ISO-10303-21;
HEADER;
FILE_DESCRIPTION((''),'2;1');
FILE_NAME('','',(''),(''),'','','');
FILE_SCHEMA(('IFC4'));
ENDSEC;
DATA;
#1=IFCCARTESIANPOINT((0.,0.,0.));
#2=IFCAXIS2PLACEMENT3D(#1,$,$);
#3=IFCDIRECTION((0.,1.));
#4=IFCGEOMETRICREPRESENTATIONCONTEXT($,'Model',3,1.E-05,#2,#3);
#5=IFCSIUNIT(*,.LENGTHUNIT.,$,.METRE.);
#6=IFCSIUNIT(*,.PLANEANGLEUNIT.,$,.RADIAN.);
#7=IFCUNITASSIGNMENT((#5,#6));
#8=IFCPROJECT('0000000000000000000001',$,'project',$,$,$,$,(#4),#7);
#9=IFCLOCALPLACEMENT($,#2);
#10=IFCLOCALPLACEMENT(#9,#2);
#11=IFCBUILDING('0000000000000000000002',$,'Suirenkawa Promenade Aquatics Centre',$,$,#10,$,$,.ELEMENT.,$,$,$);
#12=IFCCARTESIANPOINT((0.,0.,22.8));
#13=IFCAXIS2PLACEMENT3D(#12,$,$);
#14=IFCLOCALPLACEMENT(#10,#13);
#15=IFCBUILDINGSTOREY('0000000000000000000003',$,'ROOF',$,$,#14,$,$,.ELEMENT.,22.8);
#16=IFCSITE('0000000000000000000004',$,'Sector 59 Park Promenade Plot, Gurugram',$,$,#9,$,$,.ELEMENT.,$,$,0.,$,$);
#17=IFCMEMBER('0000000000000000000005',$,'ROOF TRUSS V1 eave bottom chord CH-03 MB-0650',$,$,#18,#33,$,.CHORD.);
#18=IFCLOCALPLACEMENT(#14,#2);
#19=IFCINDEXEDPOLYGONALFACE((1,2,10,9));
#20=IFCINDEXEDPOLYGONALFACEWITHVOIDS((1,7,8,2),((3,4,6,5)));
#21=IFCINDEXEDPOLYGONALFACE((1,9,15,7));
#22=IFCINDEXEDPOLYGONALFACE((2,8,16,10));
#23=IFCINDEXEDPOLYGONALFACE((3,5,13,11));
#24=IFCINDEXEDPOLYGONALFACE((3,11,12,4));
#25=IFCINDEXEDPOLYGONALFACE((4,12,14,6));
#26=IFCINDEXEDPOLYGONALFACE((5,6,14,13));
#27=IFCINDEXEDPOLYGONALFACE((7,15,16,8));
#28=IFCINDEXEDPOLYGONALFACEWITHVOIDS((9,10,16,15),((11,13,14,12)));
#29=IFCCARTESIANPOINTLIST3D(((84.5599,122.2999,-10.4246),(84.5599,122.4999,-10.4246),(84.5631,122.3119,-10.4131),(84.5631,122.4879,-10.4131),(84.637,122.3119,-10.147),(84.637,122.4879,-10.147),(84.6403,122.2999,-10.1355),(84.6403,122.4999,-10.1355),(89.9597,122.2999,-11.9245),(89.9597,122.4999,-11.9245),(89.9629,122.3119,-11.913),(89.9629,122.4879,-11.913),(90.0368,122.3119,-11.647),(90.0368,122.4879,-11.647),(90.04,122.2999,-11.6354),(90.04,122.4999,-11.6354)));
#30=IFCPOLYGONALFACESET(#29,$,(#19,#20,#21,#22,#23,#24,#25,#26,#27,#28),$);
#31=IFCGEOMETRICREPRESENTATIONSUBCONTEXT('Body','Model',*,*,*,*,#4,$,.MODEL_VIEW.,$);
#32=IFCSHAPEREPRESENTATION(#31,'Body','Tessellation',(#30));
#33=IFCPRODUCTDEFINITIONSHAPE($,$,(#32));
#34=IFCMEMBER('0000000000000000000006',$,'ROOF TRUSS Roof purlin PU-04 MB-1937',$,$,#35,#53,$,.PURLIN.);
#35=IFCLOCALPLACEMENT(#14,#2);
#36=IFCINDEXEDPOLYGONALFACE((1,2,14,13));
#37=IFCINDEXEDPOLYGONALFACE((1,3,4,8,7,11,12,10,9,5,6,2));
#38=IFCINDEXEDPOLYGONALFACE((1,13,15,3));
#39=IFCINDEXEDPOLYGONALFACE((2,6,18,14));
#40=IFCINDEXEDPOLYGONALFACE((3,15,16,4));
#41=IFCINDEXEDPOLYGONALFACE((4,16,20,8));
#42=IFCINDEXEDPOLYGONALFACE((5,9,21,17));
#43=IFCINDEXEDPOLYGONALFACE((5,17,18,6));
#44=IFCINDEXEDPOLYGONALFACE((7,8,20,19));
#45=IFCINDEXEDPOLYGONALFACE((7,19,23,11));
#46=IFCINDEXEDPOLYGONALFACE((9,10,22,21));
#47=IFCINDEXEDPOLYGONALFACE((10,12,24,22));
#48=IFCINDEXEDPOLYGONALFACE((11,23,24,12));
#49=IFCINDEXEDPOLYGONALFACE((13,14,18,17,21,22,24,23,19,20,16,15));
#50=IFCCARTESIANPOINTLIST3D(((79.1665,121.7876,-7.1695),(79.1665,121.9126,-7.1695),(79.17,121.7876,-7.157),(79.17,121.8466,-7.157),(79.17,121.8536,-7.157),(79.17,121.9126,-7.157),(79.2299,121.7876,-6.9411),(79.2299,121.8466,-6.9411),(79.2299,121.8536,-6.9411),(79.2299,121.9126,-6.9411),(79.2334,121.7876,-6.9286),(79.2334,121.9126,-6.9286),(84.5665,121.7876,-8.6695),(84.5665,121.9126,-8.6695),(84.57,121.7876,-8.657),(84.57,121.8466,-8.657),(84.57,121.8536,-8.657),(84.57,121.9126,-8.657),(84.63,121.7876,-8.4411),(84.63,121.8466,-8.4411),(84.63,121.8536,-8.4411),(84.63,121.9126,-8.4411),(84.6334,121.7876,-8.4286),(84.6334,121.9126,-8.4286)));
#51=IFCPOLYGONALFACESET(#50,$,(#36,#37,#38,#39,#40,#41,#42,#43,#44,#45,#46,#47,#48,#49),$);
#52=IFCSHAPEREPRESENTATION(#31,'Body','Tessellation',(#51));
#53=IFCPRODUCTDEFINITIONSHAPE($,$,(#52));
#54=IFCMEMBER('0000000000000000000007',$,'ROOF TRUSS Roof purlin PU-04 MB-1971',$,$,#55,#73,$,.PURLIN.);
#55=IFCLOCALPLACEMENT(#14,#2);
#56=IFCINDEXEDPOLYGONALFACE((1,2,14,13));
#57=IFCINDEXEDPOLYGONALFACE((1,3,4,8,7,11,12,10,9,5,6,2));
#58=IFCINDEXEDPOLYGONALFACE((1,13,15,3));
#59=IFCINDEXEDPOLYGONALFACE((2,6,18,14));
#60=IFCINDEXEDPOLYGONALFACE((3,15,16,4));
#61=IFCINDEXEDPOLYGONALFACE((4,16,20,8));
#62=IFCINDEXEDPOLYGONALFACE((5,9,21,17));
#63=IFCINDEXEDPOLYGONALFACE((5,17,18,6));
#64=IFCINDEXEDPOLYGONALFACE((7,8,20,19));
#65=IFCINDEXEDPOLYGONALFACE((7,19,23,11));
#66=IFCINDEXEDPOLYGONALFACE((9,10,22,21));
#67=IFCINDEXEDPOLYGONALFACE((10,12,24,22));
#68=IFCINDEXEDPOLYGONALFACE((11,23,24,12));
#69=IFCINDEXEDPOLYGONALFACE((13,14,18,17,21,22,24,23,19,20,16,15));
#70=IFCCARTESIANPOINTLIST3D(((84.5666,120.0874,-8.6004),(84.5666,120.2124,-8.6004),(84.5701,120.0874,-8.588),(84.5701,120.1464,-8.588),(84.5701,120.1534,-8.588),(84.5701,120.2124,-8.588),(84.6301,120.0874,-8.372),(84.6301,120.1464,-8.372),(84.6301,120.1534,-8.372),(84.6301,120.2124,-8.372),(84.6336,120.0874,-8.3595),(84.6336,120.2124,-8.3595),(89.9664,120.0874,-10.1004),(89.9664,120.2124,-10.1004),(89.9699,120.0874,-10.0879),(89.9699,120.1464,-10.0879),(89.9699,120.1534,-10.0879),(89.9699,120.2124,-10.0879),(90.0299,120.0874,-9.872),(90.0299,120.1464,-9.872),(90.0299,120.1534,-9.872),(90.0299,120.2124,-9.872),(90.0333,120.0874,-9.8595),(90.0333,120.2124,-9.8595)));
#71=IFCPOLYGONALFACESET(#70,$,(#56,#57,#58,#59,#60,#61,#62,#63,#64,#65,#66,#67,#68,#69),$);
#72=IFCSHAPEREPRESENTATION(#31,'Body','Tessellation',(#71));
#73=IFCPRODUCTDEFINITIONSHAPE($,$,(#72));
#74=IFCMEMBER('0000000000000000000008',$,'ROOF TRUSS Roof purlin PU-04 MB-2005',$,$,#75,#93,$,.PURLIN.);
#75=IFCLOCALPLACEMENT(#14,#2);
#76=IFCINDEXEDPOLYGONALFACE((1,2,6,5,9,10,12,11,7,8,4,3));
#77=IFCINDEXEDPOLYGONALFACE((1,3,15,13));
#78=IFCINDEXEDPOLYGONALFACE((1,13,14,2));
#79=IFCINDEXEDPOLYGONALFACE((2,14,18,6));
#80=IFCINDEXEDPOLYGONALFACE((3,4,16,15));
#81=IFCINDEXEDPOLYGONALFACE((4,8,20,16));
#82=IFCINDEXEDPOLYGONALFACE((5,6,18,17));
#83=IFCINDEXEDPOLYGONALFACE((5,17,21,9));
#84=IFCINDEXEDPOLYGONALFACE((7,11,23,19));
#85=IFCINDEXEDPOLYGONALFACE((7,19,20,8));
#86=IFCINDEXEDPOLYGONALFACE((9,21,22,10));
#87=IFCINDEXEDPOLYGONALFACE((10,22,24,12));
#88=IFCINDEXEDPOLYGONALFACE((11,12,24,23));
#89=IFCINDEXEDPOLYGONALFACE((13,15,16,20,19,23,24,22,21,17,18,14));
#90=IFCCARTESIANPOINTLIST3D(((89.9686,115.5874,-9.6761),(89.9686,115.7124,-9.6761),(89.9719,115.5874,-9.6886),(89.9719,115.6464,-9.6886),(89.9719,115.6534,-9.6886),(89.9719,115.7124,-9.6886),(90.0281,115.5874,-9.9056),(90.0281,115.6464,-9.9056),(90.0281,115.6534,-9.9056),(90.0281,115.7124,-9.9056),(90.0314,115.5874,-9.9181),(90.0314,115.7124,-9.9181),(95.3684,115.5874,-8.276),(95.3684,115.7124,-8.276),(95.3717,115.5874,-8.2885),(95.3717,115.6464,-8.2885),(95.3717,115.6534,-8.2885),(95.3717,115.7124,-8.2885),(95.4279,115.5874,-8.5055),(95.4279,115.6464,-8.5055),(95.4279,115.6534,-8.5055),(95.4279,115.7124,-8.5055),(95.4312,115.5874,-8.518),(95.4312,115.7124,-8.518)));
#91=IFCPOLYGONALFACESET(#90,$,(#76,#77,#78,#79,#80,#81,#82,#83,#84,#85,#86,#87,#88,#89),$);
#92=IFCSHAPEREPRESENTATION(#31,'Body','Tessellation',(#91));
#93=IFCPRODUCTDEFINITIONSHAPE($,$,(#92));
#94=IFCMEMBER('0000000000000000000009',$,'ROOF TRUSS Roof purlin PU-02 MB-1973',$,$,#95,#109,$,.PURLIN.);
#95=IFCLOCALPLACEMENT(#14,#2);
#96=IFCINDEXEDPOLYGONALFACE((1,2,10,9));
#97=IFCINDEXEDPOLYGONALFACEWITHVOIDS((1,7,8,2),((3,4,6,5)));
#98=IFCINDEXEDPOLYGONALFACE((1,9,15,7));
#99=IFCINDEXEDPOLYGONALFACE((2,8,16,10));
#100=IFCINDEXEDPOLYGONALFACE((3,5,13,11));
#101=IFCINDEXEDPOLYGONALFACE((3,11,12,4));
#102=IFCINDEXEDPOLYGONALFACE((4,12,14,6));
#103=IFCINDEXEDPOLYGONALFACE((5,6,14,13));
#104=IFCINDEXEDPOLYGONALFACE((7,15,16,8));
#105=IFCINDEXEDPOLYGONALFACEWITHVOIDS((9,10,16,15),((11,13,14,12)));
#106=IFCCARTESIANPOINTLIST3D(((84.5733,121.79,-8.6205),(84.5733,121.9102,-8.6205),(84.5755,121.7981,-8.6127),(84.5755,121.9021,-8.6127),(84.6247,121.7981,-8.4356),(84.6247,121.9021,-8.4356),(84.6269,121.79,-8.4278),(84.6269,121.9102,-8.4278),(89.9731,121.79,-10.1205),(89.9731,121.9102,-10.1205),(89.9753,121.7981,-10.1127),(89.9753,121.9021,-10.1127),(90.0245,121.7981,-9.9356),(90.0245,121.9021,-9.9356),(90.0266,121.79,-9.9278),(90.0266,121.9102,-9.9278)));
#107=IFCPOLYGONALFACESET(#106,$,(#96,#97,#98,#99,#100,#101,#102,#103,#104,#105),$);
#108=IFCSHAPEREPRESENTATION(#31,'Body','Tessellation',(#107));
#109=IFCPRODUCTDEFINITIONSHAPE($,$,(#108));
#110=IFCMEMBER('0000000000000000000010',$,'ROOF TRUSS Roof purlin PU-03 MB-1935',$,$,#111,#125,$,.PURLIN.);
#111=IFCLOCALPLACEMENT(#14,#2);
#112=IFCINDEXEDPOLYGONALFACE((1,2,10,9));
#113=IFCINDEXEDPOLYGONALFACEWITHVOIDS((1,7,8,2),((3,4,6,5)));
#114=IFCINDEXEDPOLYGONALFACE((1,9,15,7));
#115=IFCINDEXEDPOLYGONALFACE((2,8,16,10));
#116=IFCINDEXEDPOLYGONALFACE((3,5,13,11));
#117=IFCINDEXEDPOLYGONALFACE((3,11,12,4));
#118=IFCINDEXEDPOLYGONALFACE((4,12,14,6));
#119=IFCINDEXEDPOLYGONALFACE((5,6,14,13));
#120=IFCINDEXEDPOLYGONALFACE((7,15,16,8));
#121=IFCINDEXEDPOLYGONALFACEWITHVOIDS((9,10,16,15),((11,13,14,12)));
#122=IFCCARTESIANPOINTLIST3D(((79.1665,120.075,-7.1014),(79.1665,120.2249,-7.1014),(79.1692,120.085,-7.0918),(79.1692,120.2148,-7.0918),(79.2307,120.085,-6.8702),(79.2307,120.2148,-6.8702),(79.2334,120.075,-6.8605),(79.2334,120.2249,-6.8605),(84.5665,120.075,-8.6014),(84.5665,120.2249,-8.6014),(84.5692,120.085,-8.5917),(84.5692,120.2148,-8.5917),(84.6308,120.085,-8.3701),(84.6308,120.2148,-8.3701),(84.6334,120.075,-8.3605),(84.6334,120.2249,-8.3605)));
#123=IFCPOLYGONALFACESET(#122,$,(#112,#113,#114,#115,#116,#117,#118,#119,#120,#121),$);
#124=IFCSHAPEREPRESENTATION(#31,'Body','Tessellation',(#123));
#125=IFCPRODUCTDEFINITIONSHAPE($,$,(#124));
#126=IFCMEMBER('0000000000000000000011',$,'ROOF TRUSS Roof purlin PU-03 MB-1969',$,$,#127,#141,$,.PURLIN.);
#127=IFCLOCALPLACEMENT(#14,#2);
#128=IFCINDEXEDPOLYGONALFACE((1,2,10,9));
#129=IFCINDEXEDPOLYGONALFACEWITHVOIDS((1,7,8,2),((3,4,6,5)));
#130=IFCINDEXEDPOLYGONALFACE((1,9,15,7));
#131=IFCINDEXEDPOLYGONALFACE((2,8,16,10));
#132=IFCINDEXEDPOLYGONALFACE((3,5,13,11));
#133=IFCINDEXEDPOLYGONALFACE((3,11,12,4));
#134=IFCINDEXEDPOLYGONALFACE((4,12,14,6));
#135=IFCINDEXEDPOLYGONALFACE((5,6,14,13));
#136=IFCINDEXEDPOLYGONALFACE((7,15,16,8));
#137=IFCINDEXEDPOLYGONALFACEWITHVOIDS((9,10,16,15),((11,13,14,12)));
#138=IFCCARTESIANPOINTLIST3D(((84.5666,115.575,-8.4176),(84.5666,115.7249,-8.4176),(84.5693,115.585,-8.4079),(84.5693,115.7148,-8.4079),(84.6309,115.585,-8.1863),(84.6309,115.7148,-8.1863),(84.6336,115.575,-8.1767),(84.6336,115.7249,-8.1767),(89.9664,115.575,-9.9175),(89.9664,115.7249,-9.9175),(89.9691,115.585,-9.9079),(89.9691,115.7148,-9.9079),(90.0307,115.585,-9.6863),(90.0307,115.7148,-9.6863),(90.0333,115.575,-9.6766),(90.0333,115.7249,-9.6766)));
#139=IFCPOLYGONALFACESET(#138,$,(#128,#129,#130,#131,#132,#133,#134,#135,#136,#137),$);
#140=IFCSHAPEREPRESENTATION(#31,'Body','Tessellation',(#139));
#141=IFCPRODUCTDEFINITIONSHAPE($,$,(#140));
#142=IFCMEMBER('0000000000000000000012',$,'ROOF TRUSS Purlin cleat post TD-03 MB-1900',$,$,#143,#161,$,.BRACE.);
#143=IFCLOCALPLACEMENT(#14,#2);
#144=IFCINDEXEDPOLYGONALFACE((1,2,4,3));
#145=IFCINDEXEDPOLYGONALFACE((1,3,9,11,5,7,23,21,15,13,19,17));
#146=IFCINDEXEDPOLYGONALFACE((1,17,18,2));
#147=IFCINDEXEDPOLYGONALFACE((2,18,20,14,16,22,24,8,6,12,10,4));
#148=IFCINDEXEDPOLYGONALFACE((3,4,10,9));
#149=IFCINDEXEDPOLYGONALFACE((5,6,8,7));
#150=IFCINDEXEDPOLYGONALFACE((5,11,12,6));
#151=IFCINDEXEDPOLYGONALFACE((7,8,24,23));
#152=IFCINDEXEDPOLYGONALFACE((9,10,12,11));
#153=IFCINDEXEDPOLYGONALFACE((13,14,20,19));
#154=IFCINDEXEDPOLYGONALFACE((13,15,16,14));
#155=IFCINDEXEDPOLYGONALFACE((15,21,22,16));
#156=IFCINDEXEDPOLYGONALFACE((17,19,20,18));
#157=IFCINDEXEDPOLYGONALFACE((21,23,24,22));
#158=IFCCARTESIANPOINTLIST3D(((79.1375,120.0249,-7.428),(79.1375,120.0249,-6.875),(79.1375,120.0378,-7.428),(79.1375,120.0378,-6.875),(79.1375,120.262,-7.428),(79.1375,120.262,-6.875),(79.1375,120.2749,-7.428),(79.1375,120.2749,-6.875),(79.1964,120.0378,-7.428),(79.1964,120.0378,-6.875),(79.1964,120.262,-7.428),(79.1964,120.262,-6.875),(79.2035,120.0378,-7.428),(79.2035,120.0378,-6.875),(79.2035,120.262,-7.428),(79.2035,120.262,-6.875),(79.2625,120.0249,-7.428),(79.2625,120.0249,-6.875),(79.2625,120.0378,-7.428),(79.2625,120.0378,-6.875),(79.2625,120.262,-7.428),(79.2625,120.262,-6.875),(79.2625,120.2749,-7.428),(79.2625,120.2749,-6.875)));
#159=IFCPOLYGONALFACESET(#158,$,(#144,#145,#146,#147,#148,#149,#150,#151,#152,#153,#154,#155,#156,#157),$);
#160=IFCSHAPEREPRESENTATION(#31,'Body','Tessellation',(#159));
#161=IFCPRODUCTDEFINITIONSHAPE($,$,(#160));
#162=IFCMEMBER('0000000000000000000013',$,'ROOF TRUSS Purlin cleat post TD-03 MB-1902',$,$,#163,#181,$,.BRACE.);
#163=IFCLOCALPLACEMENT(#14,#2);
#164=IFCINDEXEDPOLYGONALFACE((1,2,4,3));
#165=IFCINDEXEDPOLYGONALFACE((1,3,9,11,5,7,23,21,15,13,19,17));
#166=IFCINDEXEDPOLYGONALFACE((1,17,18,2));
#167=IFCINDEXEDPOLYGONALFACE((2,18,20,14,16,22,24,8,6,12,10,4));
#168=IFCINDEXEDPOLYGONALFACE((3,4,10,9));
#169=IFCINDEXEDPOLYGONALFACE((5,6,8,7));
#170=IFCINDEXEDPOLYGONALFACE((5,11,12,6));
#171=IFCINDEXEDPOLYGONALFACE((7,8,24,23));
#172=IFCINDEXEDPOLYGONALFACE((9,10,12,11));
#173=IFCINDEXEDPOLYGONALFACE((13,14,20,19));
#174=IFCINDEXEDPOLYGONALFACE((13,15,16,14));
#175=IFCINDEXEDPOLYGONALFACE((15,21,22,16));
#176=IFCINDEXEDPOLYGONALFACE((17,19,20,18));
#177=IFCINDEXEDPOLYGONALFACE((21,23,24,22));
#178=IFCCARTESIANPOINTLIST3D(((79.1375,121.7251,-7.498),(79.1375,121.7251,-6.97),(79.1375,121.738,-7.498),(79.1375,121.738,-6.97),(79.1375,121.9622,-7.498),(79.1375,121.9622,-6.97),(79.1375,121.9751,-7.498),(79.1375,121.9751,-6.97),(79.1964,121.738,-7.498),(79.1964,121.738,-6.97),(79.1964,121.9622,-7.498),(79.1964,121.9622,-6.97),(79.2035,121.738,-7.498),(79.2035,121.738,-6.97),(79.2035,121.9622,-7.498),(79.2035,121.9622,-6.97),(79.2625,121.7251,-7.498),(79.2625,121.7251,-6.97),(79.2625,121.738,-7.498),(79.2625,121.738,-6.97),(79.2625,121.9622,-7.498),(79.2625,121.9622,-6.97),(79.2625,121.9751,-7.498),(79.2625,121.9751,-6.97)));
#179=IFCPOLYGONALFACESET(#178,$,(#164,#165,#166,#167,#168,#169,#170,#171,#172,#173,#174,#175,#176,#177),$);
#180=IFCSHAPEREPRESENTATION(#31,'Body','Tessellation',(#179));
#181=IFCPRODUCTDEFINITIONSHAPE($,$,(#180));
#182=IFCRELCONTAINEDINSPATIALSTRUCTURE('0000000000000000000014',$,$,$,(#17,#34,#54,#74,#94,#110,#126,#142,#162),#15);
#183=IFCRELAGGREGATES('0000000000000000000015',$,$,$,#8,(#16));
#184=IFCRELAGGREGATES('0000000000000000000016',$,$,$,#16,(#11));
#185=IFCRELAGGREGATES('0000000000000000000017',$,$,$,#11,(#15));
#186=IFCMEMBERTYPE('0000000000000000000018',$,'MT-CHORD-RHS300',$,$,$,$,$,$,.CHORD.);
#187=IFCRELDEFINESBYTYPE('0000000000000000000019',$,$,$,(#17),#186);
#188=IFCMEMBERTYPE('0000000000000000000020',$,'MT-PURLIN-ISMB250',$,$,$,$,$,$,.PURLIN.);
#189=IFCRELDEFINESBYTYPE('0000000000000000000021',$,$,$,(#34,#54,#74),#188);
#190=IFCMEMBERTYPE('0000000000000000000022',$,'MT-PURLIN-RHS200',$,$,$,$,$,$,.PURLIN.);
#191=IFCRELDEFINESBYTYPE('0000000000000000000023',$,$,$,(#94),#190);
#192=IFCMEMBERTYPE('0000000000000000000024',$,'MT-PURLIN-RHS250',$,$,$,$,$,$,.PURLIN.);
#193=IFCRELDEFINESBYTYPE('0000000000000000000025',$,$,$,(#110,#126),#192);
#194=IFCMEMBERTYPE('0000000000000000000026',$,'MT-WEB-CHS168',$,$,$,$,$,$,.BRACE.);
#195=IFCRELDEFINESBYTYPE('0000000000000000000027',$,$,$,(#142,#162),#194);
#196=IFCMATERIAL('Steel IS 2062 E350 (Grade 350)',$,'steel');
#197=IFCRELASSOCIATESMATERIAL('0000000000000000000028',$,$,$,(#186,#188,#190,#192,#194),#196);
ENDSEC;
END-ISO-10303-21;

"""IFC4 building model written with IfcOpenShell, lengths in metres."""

from ifc_helpers import new_model, si_unit, direction, frame, origin, origin_2d, place, context, subcontext, project, spatial, hollow_rectangle, i_section, extrude, material, material_profile, profile_set, type_object, element, save


model = new_model("IFC4")

# Units and contexts
model_context = context("Model", 3, precision=1e-05, world=origin(), true_north=direction((0.0, 1.0)))
body_context = subcontext(model_context, "Body", "Model", "MODEL_VIEW")
ifc_project = project(units=[si_unit("LENGTHUNIT", "METRE"), si_unit("PLANEANGLEUNIT", "RADIAN")], contexts=[model_context])

# Site, building, storey
site_placement = place(None, origin())
site = spatial("IfcSite", under=ifc_project, at=site_placement, Name="Sector 59 Park Promenade Plot, Gurugram", CompositionType="ELEMENT", RefElevation=0.0)
building_placement = place(site_placement, origin())
building = spatial("IfcBuilding", under=site, at=building_placement, Name="Suirenkawa Promenade Aquatics Centre", CompositionType="ELEMENT")
storey_placement = place(building_placement, frame((0.0, 0.0, 22.8)))
storey = spatial("IfcBuildingStorey", under=building, at=storey_placement, Name="ROOF", CompositionType="ELEMENT", Elevation=22.8)

# Shared definitions
ifc_material = material(Name="Steel IS 2062 E350 (Grade 350)", Category="steel")

# Members
ifc_material_profile_1 = material_profile(ifc_material, hollow_rectangle(XDim=0.2, YDim=0.3, WallThickness=0.012, at=origin_2d()), Name="RHS 300x200x12", Category="steel")
ifc_profile_set_1 = profile_set([ifc_material_profile_1], Name="Steel IS 2062 E350 (Grade 350)")
member_type_1 = type_object("IfcMemberType", Name="MT-CHORD-RHS300", PredefinedType="CHORD", material=ifc_profile_set_1)
member_1_placement = place(storey_placement, frame((84.6001, 122.3999, -10.28), z_axis=(0.963517, 0.0, -0.267648), x_axis=(0.0, 1.0, 0.0)))
element("IfcMember", 1, at=member_1_placement, inside=storey, type_object=member_type_1, Name="ROOF TRUSS V1 eave bottom chord CH-03 MB-0650", PredefinedType="CHORD", context=body_context, shape_type="SweptSolid", body=[
    extrude(hollow_rectangle(XDim=0.2, YDim=0.3, WallThickness=0.012, at=origin_2d()), origin(), (0.0, 0.0, 1.0), 5.6042),
])
ifc_material_profile_2 = material_profile(ifc_material, i_section(OverallWidth=0.125, OverallDepth=0.25, WebThickness=0.0071, FlangeThickness=0.0129, at=origin_2d()), Name="ISMB 250", Category="steel")
ifc_profile_set_2 = profile_set([ifc_material_profile_2], Name="Steel IS 2062 E350 (Grade 350)")
member_type_2 = type_object("IfcMemberType", Name="MT-PURLIN-ISMB250", PredefinedType="PURLIN", material=ifc_profile_set_2)
member_2_placement = place(storey_placement, frame((79.2, 121.8501, -7.0491), z_axis=(0.96352, 0.0, -0.267637), x_axis=(0.0, 1.0, 0.0)))
element("IfcMember", 2, at=member_2_placement, inside=storey, type_object=member_type_2, Name="ROOF TRUSS Roof purlin PU-04 MB-1937", PredefinedType="PURLIN", context=body_context, shape_type="SweptSolid", body=[
    extrude(i_section(OverallWidth=0.125, OverallDepth=0.25, WebThickness=0.0071, FlangeThickness=0.0129, at=origin_2d()), origin(), (0.0, 0.0, 1.0), 5.6045),
])
member_3_placement = place(storey_placement, frame((84.6001, 120.1499, -8.48), z_axis=(0.963517, 0.0, -0.267648), x_axis=(0.0, 1.0, 0.0)))
element("IfcMember", 3, at=member_3_placement, inside=storey, type_object=member_type_2, Name="ROOF TRUSS Roof purlin PU-04 MB-1971", PredefinedType="PURLIN", context=body_context, shape_type="SweptSolid", body=[
    extrude(i_section(OverallWidth=0.125, OverallDepth=0.25, WebThickness=0.0071, FlangeThickness=0.0129, at=origin_2d()), origin(), (0.0, 0.0, 1.0), 5.6042),
])
member_4_placement = place(storey_placement, frame((90.0, 115.6499, -9.7971), z_axis=(0.967989, 0.0, 0.250991), x_axis=(0.0, 1.0, 0.0)))
element("IfcMember", 4, at=member_4_placement, inside=storey, type_object=member_type_2, Name="ROOF TRUSS Roof purlin PU-04 MB-2005", PredefinedType="PURLIN", context=body_context, shape_type="SweptSolid", body=[
    extrude(i_section(OverallWidth=0.125, OverallDepth=0.25, WebThickness=0.0071, FlangeThickness=0.0129, at=origin_2d()), origin(), (0.0, 0.0, 1.0), 5.5784),
])
ifc_material_profile_3 = material_profile(ifc_material, hollow_rectangle(XDim=0.1201, YDim=0.2, WallThickness=0.0081, at=origin_2d()), Name="RHS 200x120x8", Category="steel")
ifc_profile_set_3 = profile_set([ifc_material_profile_3], Name="Steel IS 2062 E350 (Grade 350)")
member_type_3 = type_object("IfcMemberType", Name="MT-PURLIN-RHS200", PredefinedType="PURLIN", material=ifc_profile_set_3)
member_5_placement = place(storey_placement, frame((84.6001, 121.8501, -8.5242), z_axis=(0.963517, 0.0, -0.267648), x_axis=(0.0, 1.0, 0.0)))
element("IfcMember", 5, at=member_5_placement, inside=storey, type_object=member_type_3, Name="ROOF TRUSS Roof purlin PU-02 MB-1973", PredefinedType="PURLIN", context=body_context, shape_type="SweptSolid", body=[
    extrude(hollow_rectangle(XDim=0.1201, YDim=0.2, WallThickness=0.0081, at=origin_2d()), origin(), (0.0, 0.0, 1.0), 5.6042),
])
ifc_material_profile_4 = material_profile(ifc_material, hollow_rectangle(XDim=0.1499, YDim=0.25, WallThickness=0.01, at=origin_2d()), Name="RHS 250x150x10", Category="steel")
ifc_profile_set_4 = profile_set([ifc_material_profile_4], Name="Steel IS 2062 E350 (Grade 350)")
member_type_4 = type_object("IfcMemberType", Name="MT-PURLIN-RHS250", PredefinedType="PURLIN", material=ifc_profile_set_4)
member_6_placement = place(storey_placement, frame((79.2, 120.1499, -6.981), z_axis=(0.96352, 0.0, -0.267637), x_axis=(0.0, 1.0, 0.0)))
element("IfcMember", 6, at=member_6_placement, inside=storey, type_object=member_type_4, Name="ROOF TRUSS Roof purlin PU-03 MB-1935", PredefinedType="PURLIN", context=body_context, shape_type="SweptSolid", body=[
    extrude(hollow_rectangle(XDim=0.1499, YDim=0.25, WallThickness=0.01, at=origin_2d()), origin(), (0.0, 0.0, 1.0), 5.6045),
])
member_7_placement = place(storey_placement, frame((84.6001, 115.6499, -8.2971), z_axis=(0.963517, 0.0, -0.267648), x_axis=(0.0, 1.0, 0.0)))
element("IfcMember", 7, at=member_7_placement, inside=storey, type_object=member_type_4, Name="ROOF TRUSS Roof purlin PU-03 MB-1969", PredefinedType="PURLIN", context=body_context, shape_type="SweptSolid", body=[
    extrude(hollow_rectangle(XDim=0.1499, YDim=0.25, WallThickness=0.01, at=origin_2d()), origin(), (0.0, 0.0, 1.0), 5.6042),
])
ifc_material_profile_5 = material_profile(ifc_material, i_section(OverallWidth=0.125, OverallDepth=0.25, WebThickness=0.0071, FlangeThickness=0.0129, at=origin_2d()), Name="ISMB 250", Category="steel")
ifc_profile_set_5 = profile_set([ifc_material_profile_5], Name="Steel IS 2062 E350 (Grade 350)")
member_type_5 = type_object("IfcMemberType", Name="MT-WEB-CHS168", PredefinedType="BRACE", material=ifc_profile_set_5)
member_8_placement = place(storey_placement, frame((79.2, 120.1499, -7.428), z_axis=(0.0, 0.0, 1.0), x_axis=(1.0, 0.0, 0.0)))
element("IfcMember", 8, at=member_8_placement, inside=storey, type_object=member_type_5, Name="ROOF TRUSS Purlin cleat post TD-03 MB-1900", PredefinedType="BRACE", context=body_context, shape_type="SweptSolid", body=[
    extrude(i_section(OverallWidth=0.125, OverallDepth=0.25, WebThickness=0.0071, FlangeThickness=0.0129, at=origin_2d()), origin(), (0.0, 0.0, 1.0), 0.553),
])
member_9_placement = place(storey_placement, frame((79.2, 121.8501, -7.498), z_axis=(0.0, 0.0, 1.0), x_axis=(1.0, 0.0, 0.0)))
element("IfcMember", 9, at=member_9_placement, inside=storey, type_object=member_type_5, Name="ROOF TRUSS Purlin cleat post TD-03 MB-1902", PredefinedType="BRACE", context=body_context, shape_type="SweptSolid", body=[
    extrude(i_section(OverallWidth=0.125, OverallDepth=0.25, WebThickness=0.0071, FlangeThickness=0.0129, at=origin_2d()), origin(), (0.0, 0.0, 1.0), 0.5281),
])

save(model, "model.ifc")
